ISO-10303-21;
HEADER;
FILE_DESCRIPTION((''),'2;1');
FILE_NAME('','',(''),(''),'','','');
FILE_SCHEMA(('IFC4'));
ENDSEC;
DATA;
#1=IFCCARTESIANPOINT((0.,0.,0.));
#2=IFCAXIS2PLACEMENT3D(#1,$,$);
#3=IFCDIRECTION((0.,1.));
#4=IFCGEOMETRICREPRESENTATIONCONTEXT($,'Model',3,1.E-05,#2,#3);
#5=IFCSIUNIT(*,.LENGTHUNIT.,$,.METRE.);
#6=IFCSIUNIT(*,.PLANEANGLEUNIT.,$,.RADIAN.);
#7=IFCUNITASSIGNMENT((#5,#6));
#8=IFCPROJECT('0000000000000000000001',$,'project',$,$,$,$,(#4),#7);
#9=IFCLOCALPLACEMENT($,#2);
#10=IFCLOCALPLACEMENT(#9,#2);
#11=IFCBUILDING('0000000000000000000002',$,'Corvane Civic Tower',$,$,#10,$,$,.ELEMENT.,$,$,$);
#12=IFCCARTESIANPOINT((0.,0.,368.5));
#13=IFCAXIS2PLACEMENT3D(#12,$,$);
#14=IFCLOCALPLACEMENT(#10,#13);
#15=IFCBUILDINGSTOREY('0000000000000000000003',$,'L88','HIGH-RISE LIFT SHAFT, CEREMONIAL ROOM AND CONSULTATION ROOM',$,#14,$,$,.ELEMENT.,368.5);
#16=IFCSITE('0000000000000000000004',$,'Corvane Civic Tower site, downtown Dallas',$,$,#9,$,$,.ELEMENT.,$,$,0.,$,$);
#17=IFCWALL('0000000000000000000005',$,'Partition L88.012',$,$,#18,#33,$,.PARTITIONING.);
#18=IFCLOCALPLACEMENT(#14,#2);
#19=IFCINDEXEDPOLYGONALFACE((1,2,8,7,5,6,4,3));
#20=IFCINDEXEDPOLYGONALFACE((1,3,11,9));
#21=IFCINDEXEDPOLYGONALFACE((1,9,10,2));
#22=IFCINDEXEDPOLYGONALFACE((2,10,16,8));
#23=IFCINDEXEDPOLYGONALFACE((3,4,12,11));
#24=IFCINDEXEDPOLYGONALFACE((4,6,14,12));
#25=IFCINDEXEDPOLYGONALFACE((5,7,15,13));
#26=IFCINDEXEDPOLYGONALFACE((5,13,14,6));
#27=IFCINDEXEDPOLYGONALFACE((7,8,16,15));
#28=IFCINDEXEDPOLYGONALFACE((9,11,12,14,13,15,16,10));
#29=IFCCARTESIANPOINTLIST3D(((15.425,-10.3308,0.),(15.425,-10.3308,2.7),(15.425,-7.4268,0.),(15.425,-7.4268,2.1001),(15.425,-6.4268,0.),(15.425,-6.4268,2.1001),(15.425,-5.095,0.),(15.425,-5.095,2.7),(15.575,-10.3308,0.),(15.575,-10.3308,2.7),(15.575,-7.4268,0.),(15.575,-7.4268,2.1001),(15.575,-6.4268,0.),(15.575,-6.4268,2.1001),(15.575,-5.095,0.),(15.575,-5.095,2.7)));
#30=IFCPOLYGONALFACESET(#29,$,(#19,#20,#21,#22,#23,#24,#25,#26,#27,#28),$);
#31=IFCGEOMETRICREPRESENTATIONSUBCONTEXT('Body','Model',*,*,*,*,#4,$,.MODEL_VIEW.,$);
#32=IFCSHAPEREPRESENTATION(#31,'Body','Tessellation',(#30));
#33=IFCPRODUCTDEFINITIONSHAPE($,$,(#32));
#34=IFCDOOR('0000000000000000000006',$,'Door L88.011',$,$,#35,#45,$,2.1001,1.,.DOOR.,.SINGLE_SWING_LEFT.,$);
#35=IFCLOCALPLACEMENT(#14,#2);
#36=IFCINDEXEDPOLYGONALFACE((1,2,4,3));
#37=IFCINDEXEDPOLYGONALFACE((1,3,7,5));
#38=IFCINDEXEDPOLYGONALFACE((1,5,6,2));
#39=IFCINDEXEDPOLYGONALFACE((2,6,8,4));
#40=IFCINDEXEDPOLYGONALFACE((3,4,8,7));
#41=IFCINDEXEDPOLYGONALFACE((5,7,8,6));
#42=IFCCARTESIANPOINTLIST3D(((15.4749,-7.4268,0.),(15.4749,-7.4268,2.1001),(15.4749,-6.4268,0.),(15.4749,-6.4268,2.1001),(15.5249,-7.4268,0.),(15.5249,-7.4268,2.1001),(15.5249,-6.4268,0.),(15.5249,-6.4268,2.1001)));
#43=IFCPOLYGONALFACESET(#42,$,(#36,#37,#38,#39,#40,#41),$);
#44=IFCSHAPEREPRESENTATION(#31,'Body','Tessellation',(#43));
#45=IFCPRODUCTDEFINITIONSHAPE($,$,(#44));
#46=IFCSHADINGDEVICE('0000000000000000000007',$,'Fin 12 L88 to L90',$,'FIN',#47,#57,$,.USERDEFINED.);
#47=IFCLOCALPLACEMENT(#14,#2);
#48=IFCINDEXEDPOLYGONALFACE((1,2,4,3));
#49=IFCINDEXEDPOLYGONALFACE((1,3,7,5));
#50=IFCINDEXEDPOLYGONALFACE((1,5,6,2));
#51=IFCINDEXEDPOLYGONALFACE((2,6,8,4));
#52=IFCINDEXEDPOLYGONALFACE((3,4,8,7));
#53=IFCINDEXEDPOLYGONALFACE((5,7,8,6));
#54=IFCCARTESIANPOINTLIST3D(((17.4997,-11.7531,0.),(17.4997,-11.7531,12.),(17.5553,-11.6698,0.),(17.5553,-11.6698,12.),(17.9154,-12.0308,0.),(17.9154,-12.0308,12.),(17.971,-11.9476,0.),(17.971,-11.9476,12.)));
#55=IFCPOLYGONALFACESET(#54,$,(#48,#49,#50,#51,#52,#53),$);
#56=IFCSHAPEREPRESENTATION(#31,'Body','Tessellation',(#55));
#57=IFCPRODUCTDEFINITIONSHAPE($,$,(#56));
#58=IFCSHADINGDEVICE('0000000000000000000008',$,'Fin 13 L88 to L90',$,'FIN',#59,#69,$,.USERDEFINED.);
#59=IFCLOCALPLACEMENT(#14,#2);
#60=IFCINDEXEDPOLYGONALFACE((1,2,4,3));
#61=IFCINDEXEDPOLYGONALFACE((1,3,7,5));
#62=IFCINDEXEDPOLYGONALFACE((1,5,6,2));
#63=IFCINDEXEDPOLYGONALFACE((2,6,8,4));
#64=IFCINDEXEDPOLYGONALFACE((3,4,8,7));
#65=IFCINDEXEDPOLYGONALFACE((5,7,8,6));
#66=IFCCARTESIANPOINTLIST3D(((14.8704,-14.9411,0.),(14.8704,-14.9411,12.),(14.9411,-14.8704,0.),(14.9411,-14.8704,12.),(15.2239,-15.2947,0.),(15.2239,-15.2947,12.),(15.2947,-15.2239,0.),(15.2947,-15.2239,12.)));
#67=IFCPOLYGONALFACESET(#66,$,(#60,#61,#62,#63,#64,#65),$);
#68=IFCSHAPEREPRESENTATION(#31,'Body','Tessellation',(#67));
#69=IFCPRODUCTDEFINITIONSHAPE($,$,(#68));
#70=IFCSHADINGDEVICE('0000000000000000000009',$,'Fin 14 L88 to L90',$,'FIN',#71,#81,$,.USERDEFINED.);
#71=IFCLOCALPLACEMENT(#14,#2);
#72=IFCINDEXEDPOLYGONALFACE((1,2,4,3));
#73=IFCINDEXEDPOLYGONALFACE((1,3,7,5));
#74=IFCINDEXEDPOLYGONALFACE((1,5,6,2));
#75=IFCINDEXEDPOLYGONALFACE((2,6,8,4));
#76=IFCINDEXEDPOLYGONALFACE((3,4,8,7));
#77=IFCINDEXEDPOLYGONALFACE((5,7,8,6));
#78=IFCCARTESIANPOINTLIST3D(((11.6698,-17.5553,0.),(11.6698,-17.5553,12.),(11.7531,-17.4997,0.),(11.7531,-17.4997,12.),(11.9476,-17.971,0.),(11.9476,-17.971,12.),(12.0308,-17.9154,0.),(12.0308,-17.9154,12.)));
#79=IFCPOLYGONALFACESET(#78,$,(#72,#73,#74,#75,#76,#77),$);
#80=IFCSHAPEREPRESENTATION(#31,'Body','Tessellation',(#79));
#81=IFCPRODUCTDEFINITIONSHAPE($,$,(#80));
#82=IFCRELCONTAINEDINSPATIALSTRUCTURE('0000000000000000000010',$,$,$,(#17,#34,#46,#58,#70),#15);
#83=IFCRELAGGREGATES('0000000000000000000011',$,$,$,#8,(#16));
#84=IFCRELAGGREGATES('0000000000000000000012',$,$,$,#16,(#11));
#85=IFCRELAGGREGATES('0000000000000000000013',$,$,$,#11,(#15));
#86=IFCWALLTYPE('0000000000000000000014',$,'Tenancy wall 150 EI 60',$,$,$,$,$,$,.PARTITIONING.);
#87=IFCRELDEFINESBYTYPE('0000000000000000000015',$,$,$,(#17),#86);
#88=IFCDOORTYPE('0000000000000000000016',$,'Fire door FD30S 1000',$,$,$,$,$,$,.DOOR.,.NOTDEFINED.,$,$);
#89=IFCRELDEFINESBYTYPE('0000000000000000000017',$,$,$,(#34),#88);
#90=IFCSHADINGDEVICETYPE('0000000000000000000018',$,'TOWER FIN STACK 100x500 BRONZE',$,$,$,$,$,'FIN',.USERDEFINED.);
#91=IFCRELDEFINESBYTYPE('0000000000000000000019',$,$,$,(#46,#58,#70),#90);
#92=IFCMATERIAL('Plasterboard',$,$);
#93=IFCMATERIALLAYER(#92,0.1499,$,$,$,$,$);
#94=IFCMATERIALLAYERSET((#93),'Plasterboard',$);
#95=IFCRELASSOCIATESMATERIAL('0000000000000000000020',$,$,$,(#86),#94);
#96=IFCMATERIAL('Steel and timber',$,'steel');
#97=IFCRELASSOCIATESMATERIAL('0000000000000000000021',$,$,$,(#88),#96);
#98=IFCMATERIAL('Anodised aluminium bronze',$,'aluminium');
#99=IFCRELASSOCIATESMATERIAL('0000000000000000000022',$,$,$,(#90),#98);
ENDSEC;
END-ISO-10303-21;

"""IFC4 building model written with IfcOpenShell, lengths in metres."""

from ifc_helpers import new_model, si_unit, direction, frame, frame_2d, origin, origin_2d, place, context, subcontext, project, spatial, rectangle, extrude, material, layer, layer_set, material_profile, profile_set, type_object, element, fill, save


model = new_model("IFC4")

# Units and contexts
model_context = context("Model", 3, precision=1e-05, world=origin(), true_north=direction((0.0, 1.0)))
body_context = subcontext(model_context, "Body", "Model", "MODEL_VIEW")
ifc_project = project(units=[si_unit("LENGTHUNIT", "METRE"), si_unit("PLANEANGLEUNIT", "RADIAN")], contexts=[model_context])

# Site, building, storey
site_placement = place(None, origin())
site = spatial("IfcSite", under=ifc_project, at=site_placement, Name="Corvane Civic Tower site, downtown Dallas", CompositionType="ELEMENT", RefElevation=0.0)
building_placement = place(site_placement, origin())
building = spatial("IfcBuilding", under=site, at=building_placement, Name="Corvane Civic Tower", CompositionType="ELEMENT")
storey_placement = place(building_placement, frame((0.0, 0.0, 368.5)))
storey = spatial("IfcBuildingStorey", under=building, at=storey_placement, Name="L88", Description="HIGH-RISE LIFT SHAFT, CEREMONIAL ROOM AND CONSULTATION ROOM", CompositionType="ELEMENT", Elevation=368.5)

# Shared definitions
ifc_material_1 = material(Name="Plasterboard")
ifc_layer_1 = layer(ifc_material_1, 0.1499)
ifc_layer_set_1 = layer_set([ifc_layer_1], Name="Plasterboard")
wall_type_1 = type_object("IfcWallType", Name="Tenancy wall 150 EI 60", PredefinedType="PARTITIONING", material=ifc_layer_set_1)

# Wall, opening, door
wall_1_placement = place(storey_placement, frame((15.5, -10.3308, 0.0), z_axis=(0.0, 0.0, 1.0), x_axis=(0.0, 1.0, 0.0)))
wall_1 = element("IfcWall", 1, at=wall_1_placement, inside=storey, type_object=wall_type_1, Name="Partition L88.012", PredefinedType="PARTITIONING", context=body_context, shape_type="SweptSolid", body=[
    extrude(rectangle(XDim=5.2358, YDim=0.1499, at=frame_2d((2.6179, 0.0))), origin(), (0.0, 0.0, 1.0), 2.7),
])
opening_1_placement = place(wall_1_placement, frame((2.9041, 0.0, 0.0)))
opening_1 = element("IfcOpeningElement", 2, at=opening_1_placement, cuts=wall_1, PredefinedType="OPENING", context=body_context, shape_type="SweptSolid", body=[
    extrude(rectangle(XDim=1.0, YDim=2.1001, at=frame_2d((0.5, 1.05))), frame((0.0, 0.085, 0.0), z_axis=(0.0, -1.0, 0.0), x_axis=(1.0, 0.0, 0.0)), (0.0, 0.0, 1.0), 0.1699),
])
ifc_material_2 = material(Name="Steel and timber", Category="steel")
door_type_1 = type_object("IfcDoorType", Name="Fire door FD30S 1000", OperationType="NOTDEFINED", PredefinedType="DOOR", material=ifc_material_2)
door_1_placement = place(opening_1_placement, frame((1.0, 0.0, 0.0), z_axis=(0.0, 0.0, 1.0), x_axis=(-1.0, 0.0, 0.0)))
door_1 = element("IfcDoor", 3, at=door_1_placement, inside=storey, type_object=door_type_1, Name="Door L88.011", OperationType="SINGLE_SWING_LEFT", OverallHeight=2.1001, OverallWidth=1.0, PredefinedType="DOOR", context=body_context, shape_type="SweptSolid", body=[
    extrude(rectangle(XDim=1.0, YDim=2.1001, at=frame_2d((0.5, 1.05))), frame((0.0, 0.0249, 0.0), z_axis=(0.0, -1.0, 0.0), x_axis=(1.0, 0.0, 0.0)), (0.0, 0.0, 1.0), 0.05),
])
fill(opening_1, door_1)

# Shading devices
ifc_material_3 = material(Name="Anodised aluminium bronze", Category="aluminium")
ifc_material_profile_1 = material_profile(ifc_material_3, rectangle(XDim=0.1001, YDim=0.5, at=origin_2d()), Name="TOWER FIN STACK 100x500 BRONZE")
ifc_profile_set_1 = profile_set([ifc_material_profile_1], Name="Anodised aluminium bronze")
shading_device_type = type_object("IfcShadingDeviceType", Name="TOWER FIN STACK 100x500 BRONZE", ElementType="FIN", PredefinedType="USERDEFINED", material=ifc_profile_set_1)
for number, where, z_axis, x_axis, name in (
    (4, (17.7354, -11.8503, 0.0), (0.0, 0.0, 1.0), (-0.55557, -0.83147, 0.0), "Fin 12 L88 to L90"),
    (5, (15.0825, -15.0825, 0.0), (0.0, 0.0, 1.0), (-0.707107, -0.707107, 0.0), "Fin 13 L88 to L90"),
    (6, (11.8503, -17.7354, 0.0), (0.0, 0.0, 1.0), (-0.83147, -0.55557, 0.0), "Fin 14 L88 to L90"),
):
    element("IfcShadingDevice", number, at=place(storey_placement, frame(where, z_axis=z_axis, x_axis=x_axis)), inside=storey, type_object=shading_device_type, Name=name, ObjectType="FIN", PredefinedType="USERDEFINED", context=body_context, shape_type="SweptSolid", body=[
        extrude(rectangle(XDim=0.1001, YDim=0.5, at=origin_2d()), origin(), (0.0, 0.0, 1.0), 12.0),
    ])

save(model, "model.ifc")
